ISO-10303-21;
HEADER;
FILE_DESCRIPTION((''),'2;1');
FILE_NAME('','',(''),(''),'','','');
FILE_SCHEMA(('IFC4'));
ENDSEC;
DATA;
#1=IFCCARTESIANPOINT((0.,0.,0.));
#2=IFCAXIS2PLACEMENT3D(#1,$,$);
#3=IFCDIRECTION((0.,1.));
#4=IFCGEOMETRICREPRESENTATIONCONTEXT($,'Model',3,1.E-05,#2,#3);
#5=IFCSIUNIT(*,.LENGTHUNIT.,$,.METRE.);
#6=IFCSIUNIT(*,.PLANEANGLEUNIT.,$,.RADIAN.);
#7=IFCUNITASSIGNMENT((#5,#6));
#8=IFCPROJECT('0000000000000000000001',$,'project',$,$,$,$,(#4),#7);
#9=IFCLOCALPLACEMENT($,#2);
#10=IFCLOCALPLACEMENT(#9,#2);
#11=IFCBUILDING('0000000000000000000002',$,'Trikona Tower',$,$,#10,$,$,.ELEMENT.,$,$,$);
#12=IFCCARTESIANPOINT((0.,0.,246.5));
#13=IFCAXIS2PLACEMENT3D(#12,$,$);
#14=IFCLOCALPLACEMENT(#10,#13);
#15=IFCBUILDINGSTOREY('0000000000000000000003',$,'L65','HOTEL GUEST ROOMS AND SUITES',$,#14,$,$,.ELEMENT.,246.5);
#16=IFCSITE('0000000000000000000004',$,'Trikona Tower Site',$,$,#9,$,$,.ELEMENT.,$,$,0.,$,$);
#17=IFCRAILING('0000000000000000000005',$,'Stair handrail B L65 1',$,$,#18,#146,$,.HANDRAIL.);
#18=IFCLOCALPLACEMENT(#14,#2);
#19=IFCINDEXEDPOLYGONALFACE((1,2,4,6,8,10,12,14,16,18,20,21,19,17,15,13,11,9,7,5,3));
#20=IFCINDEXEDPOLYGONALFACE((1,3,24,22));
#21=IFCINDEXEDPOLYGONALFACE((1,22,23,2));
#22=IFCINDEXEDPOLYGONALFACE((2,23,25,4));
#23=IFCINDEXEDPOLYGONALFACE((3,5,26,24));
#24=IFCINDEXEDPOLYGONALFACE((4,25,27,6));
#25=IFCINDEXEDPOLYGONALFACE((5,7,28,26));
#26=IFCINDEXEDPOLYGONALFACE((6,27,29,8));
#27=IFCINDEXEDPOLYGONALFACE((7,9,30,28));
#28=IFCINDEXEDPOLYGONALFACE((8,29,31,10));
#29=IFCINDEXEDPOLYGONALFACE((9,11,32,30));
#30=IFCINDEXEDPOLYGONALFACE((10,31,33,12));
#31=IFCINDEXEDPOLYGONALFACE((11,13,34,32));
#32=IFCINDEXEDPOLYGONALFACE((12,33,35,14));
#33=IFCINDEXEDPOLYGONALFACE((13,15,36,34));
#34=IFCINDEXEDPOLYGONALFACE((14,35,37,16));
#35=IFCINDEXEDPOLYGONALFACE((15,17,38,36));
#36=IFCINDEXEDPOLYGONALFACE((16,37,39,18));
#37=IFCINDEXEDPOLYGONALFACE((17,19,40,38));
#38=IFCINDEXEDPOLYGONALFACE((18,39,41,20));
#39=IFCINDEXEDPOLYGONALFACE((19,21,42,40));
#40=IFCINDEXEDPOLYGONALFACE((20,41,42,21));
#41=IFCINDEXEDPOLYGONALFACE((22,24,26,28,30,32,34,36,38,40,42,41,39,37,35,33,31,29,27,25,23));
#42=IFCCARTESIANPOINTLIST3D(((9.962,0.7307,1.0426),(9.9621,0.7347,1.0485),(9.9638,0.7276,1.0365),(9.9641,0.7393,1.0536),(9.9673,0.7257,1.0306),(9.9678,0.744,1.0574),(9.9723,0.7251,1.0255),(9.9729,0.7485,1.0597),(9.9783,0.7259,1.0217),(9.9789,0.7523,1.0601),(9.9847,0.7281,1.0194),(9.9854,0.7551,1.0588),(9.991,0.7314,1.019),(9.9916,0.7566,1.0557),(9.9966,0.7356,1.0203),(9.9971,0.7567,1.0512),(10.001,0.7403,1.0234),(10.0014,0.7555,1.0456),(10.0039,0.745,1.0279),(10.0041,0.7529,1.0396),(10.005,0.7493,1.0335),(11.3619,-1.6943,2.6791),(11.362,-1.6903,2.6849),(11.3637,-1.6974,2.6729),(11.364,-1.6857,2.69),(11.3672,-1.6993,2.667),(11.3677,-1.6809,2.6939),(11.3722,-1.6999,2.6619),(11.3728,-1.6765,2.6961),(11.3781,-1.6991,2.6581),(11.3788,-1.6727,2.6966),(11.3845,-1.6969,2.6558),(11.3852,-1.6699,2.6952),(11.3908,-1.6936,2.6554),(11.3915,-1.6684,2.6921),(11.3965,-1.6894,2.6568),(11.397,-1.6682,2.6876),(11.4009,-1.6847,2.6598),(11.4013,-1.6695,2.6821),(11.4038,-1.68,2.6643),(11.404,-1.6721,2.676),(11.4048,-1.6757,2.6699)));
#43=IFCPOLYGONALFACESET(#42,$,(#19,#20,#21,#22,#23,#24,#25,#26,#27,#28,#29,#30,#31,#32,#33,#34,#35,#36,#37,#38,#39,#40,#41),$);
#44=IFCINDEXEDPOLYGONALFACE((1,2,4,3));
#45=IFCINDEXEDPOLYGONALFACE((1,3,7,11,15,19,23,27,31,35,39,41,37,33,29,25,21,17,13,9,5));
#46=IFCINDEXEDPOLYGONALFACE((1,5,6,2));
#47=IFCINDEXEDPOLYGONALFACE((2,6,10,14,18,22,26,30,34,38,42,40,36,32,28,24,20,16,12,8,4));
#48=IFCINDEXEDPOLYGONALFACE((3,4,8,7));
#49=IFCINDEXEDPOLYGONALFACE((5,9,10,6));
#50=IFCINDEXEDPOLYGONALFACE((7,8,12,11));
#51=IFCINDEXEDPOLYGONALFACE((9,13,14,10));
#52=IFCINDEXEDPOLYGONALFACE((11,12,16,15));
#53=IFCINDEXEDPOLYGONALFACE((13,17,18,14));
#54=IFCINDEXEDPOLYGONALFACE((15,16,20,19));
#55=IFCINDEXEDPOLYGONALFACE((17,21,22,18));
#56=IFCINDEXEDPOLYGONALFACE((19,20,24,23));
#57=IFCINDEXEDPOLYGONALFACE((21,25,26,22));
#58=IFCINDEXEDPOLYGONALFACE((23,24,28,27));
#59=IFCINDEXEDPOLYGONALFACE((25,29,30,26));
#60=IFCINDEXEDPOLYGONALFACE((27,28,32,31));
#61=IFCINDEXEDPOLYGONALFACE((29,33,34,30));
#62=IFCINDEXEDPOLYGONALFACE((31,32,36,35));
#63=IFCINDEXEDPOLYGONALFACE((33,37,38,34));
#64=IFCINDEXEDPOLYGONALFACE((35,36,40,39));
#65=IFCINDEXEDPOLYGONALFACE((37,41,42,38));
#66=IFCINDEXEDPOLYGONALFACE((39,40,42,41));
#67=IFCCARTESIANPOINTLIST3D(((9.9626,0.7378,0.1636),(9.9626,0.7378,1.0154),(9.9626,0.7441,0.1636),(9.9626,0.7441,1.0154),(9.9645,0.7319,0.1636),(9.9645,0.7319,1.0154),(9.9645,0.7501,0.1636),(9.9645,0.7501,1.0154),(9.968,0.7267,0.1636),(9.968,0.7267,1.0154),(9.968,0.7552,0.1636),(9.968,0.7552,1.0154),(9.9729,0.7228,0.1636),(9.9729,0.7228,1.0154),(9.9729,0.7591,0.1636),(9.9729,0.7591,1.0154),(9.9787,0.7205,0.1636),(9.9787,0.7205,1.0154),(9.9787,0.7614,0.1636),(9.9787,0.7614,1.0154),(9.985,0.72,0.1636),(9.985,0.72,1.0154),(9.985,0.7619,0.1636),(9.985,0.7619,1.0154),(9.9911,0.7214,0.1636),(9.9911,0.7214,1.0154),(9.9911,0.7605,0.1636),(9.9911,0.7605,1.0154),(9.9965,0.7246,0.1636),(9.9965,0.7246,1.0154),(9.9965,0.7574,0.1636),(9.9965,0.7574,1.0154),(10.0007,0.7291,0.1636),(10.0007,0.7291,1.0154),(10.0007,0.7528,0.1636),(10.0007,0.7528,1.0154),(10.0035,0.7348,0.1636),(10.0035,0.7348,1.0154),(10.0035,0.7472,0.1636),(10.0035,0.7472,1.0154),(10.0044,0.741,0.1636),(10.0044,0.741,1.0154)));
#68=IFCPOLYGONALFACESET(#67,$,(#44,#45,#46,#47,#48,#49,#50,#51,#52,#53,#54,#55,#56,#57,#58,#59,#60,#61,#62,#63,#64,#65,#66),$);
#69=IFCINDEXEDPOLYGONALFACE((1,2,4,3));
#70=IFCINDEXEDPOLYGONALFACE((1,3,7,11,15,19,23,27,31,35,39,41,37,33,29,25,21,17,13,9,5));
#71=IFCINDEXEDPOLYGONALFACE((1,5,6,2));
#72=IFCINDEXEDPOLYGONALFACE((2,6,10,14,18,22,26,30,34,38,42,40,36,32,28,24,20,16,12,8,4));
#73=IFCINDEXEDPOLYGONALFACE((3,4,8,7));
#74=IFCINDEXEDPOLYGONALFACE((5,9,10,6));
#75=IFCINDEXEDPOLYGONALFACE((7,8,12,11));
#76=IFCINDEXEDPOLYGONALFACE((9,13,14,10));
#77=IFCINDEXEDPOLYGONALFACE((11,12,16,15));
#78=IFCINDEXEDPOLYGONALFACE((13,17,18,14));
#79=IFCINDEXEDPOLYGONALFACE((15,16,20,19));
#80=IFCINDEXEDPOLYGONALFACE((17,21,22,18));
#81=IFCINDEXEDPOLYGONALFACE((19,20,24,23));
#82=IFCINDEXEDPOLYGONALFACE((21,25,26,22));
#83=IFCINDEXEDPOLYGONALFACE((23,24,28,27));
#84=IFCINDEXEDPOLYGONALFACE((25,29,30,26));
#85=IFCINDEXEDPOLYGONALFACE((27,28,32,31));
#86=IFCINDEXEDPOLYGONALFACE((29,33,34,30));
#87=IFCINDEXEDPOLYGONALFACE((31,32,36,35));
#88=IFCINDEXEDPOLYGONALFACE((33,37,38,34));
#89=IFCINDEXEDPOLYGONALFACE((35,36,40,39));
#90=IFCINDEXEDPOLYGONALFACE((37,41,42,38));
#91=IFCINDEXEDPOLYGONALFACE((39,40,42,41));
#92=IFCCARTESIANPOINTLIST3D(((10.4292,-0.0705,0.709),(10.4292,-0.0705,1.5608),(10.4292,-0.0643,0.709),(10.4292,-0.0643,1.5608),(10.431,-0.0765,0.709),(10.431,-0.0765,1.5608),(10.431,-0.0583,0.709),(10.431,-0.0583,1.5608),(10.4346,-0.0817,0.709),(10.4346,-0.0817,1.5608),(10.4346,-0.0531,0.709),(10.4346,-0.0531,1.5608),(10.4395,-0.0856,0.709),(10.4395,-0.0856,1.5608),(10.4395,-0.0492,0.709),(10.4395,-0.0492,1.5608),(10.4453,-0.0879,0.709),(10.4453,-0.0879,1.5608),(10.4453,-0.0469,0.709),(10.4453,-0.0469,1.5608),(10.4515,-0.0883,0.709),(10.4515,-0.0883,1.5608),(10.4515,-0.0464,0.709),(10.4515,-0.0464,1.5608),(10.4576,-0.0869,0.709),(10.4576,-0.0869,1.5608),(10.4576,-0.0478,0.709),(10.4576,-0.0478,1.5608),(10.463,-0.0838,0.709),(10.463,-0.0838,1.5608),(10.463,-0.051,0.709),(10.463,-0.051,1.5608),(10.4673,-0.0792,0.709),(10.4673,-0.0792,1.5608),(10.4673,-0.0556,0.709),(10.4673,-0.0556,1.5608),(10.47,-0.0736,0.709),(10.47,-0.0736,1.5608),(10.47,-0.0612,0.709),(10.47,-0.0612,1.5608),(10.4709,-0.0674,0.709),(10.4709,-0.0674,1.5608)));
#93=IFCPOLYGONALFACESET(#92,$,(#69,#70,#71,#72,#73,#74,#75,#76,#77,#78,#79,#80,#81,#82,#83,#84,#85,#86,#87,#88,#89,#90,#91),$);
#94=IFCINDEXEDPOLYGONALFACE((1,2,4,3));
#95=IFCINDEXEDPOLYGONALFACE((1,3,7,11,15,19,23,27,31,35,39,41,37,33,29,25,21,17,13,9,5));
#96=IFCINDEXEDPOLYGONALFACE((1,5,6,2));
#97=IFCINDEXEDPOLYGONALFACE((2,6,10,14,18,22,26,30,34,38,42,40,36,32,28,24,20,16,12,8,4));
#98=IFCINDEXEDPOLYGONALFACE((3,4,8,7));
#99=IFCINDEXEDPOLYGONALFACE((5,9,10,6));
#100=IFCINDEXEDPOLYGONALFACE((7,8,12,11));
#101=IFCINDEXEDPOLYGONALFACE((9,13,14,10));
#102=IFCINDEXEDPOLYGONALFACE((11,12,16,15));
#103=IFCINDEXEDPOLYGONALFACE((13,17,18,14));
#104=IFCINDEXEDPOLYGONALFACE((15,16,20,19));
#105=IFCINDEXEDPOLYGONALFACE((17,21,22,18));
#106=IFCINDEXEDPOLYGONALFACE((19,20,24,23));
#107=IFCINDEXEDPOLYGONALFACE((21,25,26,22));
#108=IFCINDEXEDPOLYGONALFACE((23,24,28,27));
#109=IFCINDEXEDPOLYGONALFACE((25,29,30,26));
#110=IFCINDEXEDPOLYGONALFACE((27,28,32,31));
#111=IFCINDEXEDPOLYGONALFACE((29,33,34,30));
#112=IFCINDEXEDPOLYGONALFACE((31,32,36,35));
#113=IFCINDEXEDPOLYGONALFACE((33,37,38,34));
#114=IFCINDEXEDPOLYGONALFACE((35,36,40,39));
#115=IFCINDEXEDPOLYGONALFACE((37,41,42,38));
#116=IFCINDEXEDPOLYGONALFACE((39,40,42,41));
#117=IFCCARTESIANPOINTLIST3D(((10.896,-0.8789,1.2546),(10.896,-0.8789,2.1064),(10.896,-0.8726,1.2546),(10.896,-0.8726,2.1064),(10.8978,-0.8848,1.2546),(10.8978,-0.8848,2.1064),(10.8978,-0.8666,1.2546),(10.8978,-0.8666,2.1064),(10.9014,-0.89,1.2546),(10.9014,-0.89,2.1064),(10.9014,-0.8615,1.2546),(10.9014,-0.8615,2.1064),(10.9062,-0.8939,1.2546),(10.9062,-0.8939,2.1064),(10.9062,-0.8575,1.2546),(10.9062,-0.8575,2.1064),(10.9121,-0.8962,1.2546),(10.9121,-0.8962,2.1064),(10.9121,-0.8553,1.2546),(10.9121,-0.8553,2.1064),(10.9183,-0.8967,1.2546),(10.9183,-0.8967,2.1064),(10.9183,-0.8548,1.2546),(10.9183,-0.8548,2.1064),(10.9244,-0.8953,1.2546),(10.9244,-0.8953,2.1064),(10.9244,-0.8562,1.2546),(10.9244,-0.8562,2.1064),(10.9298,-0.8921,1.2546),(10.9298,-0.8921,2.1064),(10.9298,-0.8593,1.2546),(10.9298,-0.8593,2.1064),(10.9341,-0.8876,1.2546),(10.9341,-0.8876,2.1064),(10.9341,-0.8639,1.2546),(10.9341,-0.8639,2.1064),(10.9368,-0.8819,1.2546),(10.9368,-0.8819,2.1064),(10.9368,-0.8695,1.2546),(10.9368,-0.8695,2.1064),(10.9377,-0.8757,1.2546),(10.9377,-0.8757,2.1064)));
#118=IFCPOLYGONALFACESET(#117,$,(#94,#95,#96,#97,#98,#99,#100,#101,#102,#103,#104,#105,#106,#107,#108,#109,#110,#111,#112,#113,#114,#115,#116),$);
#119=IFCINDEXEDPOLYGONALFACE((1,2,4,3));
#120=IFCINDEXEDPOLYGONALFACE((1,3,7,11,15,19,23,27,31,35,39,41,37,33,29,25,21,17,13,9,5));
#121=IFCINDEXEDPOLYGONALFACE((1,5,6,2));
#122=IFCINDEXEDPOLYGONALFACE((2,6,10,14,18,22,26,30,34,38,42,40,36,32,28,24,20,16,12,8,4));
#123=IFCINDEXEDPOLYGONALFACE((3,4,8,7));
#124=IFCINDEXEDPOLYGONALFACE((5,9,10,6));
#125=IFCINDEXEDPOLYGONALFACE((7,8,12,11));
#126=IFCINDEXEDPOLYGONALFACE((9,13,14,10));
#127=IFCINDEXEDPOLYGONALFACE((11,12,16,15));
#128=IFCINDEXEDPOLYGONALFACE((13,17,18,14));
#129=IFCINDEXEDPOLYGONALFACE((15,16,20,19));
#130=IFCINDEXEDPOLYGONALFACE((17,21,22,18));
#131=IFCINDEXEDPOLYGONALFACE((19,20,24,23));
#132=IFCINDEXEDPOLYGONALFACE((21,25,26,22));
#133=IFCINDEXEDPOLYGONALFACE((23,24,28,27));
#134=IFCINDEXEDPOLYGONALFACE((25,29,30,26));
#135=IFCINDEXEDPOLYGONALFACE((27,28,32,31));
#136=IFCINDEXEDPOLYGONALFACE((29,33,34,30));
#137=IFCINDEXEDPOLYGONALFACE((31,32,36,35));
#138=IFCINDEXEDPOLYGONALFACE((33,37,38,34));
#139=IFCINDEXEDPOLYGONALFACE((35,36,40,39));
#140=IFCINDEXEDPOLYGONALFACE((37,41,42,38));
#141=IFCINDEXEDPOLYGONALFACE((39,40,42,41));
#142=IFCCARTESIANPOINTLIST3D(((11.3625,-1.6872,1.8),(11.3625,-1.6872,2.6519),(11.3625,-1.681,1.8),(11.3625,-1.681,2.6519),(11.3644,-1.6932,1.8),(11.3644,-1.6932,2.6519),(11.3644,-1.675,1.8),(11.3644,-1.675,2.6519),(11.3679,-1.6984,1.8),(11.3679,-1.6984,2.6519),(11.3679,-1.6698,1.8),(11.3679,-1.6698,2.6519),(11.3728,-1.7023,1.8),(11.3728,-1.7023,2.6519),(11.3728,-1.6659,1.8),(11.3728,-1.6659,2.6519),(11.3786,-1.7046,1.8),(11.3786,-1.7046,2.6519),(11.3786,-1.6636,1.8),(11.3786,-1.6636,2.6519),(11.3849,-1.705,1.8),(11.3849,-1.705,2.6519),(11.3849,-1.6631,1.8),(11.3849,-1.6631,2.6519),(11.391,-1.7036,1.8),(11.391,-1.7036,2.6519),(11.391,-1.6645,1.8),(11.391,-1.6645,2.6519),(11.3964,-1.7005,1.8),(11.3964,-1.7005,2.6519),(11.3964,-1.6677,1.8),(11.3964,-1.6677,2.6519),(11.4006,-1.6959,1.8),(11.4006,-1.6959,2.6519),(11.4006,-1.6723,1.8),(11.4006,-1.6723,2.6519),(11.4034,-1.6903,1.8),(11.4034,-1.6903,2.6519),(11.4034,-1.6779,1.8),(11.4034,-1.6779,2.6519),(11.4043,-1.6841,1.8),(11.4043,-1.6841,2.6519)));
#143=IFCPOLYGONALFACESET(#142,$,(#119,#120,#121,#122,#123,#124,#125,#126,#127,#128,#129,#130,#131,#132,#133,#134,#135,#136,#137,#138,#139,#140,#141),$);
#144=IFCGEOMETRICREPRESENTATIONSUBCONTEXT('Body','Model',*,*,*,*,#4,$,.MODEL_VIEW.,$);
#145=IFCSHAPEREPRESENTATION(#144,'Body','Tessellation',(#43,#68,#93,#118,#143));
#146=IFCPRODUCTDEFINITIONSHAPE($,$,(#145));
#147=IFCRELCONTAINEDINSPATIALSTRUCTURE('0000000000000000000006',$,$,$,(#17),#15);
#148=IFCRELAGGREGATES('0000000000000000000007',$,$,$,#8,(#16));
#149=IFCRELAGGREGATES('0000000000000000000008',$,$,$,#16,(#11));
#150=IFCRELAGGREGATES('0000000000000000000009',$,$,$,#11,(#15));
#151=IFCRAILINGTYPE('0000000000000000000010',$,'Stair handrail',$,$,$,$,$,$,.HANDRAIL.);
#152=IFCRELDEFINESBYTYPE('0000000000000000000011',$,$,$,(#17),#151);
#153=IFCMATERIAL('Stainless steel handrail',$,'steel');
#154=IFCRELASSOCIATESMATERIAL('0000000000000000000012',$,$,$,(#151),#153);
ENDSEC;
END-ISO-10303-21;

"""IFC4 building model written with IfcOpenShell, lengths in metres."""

from ifc_helpers import new_model, si_unit, direction, frame, origin, origin_2d, place, context, subcontext, project, spatial, circle, extrude, material, type_object, element, save


model = new_model("IFC4")

# Units and contexts
model_context = context("Model", 3, precision=1e-05, world=origin(), true_north=direction((0.0, 1.0)))
body_context = subcontext(model_context, "Body", "Model", "MODEL_VIEW")
ifc_project = project(units=[si_unit("LENGTHUNIT", "METRE"), si_unit("PLANEANGLEUNIT", "RADIAN")], contexts=[model_context])

# Site, building, storey
site_placement = place(None, origin())
site = spatial("IfcSite", under=ifc_project, at=site_placement, Name="Trikona Tower Site", CompositionType="ELEMENT", RefElevation=0.0)
building_placement = place(site_placement, origin())
building = spatial("IfcBuilding", under=site, at=building_placement, Name="Trikona Tower", CompositionType="ELEMENT")
storey_placement = place(building_placement, frame((0.0, 0.0, 246.5)))
storey = spatial("IfcBuildingStorey", under=building, at=storey_placement, Name="L65", Description="HOTEL GUEST ROOMS AND SUITES", CompositionType="ELEMENT", Elevation=246.5)

# Railing
ifc_material_1 = material(Name="Stainless steel handrail", Category="steel")
railing_type = type_object("IfcRailingType", Name="Stair handrail", PredefinedType="HANDRAIL", material=ifc_material_1)
railing_placement = place(storey_placement, frame((9.9834, 0.741, 0.1636)))
element("IfcRailing", 1, at=railing_placement, inside=storey, type_object=railing_type, Name="Stair handrail B L65 1", PredefinedType="HANDRAIL", context=body_context, shape_type="SweptSolid", body=[
    extrude(circle(Radius=0.0239, at=origin_2d()), frame((0.0, 0.0, 0.876), z_axis=(0.431636, -0.747723, 0.504579), x_axis=(0.866056, 0.499946, 0.0)), (0.0, 0.0, 1.0), 3.2432),
    extrude(circle(Radius=0.021, at=origin_2d()), origin(), (0.0, 0.0, 1.0), 0.8518),
    extrude(circle(Radius=0.021, at=origin_2d()), frame((0.4666, -0.8083, 0.5454)), (0.0, 0.0, 1.0), 0.8518),
    extrude(circle(Radius=0.021, at=origin_2d()), frame((0.9333, -1.6167, 1.0911)), (0.0, 0.0, 1.0), 0.8518),
    extrude(circle(Radius=0.021, at=origin_2d()), frame((1.3999, -2.425, 1.6365)), (0.0, 0.0, 1.0), 0.8518),
])

save(model, "model.ifc")
